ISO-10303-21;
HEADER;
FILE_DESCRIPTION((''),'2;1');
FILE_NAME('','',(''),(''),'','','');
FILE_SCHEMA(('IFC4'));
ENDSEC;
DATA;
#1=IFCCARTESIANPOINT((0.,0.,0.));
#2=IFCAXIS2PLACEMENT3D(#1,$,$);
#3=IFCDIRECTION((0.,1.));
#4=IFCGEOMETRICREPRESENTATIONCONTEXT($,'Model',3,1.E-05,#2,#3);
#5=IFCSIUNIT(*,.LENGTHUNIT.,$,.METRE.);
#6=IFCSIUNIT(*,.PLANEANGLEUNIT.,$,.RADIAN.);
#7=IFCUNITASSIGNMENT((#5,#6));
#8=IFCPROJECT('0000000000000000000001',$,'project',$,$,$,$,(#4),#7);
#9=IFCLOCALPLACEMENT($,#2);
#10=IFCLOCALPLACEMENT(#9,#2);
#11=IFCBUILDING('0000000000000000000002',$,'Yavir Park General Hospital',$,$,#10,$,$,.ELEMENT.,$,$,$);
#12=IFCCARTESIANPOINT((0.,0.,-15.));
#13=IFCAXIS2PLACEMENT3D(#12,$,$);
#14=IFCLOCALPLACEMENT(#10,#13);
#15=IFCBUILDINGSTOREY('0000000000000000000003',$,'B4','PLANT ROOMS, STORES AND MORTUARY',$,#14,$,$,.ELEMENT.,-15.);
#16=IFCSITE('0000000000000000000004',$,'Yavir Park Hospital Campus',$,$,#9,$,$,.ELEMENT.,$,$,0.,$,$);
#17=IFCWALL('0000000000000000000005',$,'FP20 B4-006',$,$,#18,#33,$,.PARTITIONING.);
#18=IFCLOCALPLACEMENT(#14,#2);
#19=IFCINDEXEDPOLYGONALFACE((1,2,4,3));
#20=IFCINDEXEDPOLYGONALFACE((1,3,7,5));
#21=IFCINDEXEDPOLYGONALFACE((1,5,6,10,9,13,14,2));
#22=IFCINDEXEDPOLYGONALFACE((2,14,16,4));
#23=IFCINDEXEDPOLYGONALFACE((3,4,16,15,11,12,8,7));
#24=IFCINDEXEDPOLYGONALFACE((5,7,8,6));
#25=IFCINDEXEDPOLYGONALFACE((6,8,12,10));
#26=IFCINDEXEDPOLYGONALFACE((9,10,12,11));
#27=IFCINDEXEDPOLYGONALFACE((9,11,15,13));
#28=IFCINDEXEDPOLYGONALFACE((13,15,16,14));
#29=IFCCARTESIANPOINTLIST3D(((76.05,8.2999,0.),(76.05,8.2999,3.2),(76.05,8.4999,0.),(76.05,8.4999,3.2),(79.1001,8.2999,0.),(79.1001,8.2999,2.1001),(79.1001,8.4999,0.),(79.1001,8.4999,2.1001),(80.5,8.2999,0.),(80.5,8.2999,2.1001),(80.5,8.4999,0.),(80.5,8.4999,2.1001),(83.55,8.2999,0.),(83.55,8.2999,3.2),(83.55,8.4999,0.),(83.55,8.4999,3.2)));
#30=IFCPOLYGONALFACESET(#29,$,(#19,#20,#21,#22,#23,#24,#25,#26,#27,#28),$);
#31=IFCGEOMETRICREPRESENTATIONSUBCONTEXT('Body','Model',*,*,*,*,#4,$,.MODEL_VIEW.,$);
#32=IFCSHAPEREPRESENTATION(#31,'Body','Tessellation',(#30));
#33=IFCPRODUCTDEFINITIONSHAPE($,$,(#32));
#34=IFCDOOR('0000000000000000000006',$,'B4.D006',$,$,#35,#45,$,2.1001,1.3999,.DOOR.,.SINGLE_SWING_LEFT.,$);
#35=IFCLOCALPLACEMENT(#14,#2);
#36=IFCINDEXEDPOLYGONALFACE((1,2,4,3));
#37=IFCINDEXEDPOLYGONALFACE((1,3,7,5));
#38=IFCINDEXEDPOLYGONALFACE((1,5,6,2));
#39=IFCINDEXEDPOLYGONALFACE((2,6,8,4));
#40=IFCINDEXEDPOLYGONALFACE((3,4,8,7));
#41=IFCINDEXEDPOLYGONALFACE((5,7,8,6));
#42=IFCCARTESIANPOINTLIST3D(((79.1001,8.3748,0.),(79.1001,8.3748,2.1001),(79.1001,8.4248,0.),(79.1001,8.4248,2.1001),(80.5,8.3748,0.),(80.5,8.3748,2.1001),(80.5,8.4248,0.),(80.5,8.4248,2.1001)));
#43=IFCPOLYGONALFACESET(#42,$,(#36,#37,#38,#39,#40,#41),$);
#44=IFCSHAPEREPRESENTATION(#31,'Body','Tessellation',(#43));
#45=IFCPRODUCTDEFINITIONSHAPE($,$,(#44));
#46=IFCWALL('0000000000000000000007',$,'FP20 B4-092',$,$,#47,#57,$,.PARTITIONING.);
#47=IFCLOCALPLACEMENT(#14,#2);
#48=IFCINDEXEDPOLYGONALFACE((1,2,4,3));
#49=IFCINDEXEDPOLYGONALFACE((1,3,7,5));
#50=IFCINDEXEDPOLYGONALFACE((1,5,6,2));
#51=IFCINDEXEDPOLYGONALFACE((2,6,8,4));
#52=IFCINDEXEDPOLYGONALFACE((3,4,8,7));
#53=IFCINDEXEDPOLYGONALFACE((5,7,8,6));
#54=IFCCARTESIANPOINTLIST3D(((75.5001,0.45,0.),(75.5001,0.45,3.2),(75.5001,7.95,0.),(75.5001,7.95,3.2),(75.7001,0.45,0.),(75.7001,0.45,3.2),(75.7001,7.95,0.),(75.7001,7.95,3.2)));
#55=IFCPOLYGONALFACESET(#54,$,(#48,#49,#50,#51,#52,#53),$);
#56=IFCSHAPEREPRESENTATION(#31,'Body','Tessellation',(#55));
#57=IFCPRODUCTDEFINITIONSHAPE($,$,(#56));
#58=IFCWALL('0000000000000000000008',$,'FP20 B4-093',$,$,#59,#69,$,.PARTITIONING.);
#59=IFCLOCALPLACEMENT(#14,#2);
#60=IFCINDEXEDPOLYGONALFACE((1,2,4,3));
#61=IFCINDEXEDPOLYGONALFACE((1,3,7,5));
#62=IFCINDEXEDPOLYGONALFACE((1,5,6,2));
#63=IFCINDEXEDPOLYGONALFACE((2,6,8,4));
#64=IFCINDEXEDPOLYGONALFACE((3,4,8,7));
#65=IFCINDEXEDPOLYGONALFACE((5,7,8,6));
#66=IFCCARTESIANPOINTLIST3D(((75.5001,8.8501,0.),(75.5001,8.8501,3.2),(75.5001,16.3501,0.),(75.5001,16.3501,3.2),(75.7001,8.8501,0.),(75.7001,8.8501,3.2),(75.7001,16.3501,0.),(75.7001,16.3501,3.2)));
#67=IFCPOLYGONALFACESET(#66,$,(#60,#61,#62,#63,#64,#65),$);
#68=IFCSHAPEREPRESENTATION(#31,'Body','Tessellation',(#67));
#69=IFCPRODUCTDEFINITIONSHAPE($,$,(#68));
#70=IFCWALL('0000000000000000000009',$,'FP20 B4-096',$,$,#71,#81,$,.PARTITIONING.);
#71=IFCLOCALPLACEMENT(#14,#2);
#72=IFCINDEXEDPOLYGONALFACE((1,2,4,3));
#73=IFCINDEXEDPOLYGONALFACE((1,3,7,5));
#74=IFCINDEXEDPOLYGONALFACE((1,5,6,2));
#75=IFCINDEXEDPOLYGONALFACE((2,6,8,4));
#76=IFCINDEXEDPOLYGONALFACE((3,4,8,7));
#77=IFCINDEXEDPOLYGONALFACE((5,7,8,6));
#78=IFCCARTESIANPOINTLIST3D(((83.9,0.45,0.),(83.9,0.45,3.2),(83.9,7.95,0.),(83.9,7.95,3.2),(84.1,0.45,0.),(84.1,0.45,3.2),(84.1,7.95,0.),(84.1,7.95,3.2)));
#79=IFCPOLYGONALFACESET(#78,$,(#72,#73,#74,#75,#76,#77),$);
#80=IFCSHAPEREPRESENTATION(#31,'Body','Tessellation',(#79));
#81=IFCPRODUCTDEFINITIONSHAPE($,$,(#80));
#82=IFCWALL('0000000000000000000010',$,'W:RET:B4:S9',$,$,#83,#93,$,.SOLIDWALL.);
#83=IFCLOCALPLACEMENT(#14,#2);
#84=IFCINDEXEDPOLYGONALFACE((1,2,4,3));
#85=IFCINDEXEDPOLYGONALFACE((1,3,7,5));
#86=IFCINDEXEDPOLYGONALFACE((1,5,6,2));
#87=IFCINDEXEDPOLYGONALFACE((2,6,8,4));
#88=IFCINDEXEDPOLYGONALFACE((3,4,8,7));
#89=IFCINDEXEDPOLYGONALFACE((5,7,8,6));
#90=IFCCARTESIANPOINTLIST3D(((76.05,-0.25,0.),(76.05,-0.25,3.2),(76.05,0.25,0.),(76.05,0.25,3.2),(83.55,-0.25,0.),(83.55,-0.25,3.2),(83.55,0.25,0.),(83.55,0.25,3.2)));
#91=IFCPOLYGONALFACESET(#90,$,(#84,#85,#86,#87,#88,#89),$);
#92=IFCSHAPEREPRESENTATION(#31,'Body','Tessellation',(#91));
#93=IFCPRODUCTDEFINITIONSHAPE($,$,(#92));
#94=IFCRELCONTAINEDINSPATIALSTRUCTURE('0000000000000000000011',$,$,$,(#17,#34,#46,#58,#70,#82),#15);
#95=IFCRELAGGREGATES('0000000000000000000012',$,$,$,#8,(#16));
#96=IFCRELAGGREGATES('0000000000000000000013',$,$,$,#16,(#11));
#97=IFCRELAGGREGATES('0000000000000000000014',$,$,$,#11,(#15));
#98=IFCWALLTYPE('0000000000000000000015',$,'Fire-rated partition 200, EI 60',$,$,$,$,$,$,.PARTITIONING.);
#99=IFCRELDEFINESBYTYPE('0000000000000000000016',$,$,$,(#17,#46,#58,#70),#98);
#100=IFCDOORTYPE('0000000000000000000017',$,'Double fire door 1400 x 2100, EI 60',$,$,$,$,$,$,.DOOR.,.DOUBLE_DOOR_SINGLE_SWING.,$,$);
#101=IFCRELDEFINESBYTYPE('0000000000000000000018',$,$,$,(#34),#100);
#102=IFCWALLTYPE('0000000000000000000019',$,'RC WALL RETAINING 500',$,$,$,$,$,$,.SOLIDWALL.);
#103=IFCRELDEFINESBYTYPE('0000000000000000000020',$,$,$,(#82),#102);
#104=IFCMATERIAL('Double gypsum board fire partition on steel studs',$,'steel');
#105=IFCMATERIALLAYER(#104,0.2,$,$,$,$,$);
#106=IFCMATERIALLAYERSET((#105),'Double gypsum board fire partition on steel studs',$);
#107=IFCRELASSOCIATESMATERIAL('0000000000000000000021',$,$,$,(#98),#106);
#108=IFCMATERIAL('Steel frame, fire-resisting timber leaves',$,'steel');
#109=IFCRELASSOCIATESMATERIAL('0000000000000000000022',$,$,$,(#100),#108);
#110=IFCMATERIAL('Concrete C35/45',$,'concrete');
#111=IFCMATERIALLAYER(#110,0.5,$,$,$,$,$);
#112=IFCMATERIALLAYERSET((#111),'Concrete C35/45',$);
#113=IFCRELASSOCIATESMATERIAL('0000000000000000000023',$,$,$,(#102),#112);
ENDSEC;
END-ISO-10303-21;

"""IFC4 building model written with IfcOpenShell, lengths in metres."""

from ifc_helpers import new_model, si_unit, direction, frame, frame_2d, origin, place, context, subcontext, project, spatial, rectangle, extrude, material, layer, layer_set, type_object, element, fill, save


model = new_model("IFC4")

# Units and contexts
model_context = context("Model", 3, precision=1e-05, world=origin(), true_north=direction((0.0, 1.0)))
body_context = subcontext(model_context, "Body", "Model", "MODEL_VIEW")
ifc_project = project(units=[si_unit("LENGTHUNIT", "METRE"), si_unit("PLANEANGLEUNIT", "RADIAN")], contexts=[model_context])

# Site, building, storey
site_placement = place(None, origin())
site = spatial("IfcSite", under=ifc_project, at=site_placement, Name="Yavir Park Hospital Campus", CompositionType="ELEMENT", RefElevation=0.0)
building_placement = place(site_placement, origin())
building = spatial("IfcBuilding", under=site, at=building_placement, Name="Yavir Park General Hospital", CompositionType="ELEMENT")
storey_placement = place(building_placement, frame((0.0, 0.0, -15.0)))
storey = spatial("IfcBuildingStorey", under=building, at=storey_placement, Name="B4", Description="PLANT ROOMS, STORES AND MORTUARY", CompositionType="ELEMENT", Elevation=-15.0)

# Wall, opening, door
ifc_material_1 = material(Name="Double gypsum board fire partition on steel studs", Category="steel")
ifc_layer_1 = layer(ifc_material_1, 0.2)
ifc_layer_set_1 = layer_set([ifc_layer_1], Name="Double gypsum board fire partition on steel studs")
wall_type_1 = type_object("IfcWallType", Name="Fire-rated partition 200, EI 60", PredefinedType="PARTITIONING", material=ifc_layer_set_1)
wall_1_placement = place(storey_placement, frame((76.05, 8.3999, 0.0), z_axis=(0.0, 0.0, 1.0), x_axis=(1.0, 0.0, 0.0)))
wall_1 = element("IfcWall", 1, at=wall_1_placement, inside=storey, type_object=wall_type_1, Name="FP20 B4-006", PredefinedType="PARTITIONING", context=body_context, shape_type="SweptSolid", body=[
    extrude(rectangle(XDim=7.5, YDim=0.2, at=frame_2d((3.75, 0.0))), origin(), (0.0, 0.0, 1.0), 3.2),
])
opening_placement = place(wall_1_placement, frame((3.05, 0.0, 0.0)))
opening = element("IfcOpeningElement", 2, at=opening_placement, cuts=wall_1, PredefinedType="OPENING", context=body_context, shape_type="SweptSolid", body=[
    extrude(rectangle(XDim=1.3999, YDim=2.1001, at=frame_2d((0.7, 1.05))), frame((0.0, 0.1099, 0.0), z_axis=(0.0, -1.0, 0.0), x_axis=(1.0, 0.0, 0.0)), (0.0, 0.0, 1.0), 0.22),
])
ifc_material_2 = material(Name="Steel frame, fire-resisting timber leaves", Category="steel")
door_type = type_object("IfcDoorType", Name="Double fire door 1400 x 2100, EI 60", OperationType="DOUBLE_DOOR_SINGLE_SWING", PredefinedType="DOOR", material=ifc_material_2)
door_placement = place(opening_placement, origin())
door = element("IfcDoor", 3, at=door_placement, inside=storey, type_object=door_type, Name="B4.D006", OperationType="SINGLE_SWING_LEFT", OverallHeight=2.1001, OverallWidth=1.3999, PredefinedType="DOOR", context=body_context, shape_type="SweptSolid", body=[
    extrude(rectangle(XDim=1.3999, YDim=2.1001, at=frame_2d((0.7, 1.05))), frame((0.0, 0.0249, 0.0), z_axis=(0.0, -1.0, 0.0), x_axis=(1.0, 0.0, 0.0)), (0.0, 0.0, 1.0), 0.05),
])
fill(opening, door)

# Walls
for number, where, z_axis, x_axis, name in (
    (4, (75.6001, 0.45, 0.0), (0.0, 0.0, 1.0), (0.0, 1.0, 0.0), "FP20 B4-092"),
    (5, (75.6001, 8.8501, 0.0), (0.0, 0.0, 1.0), (0.0, 1.0, 0.0), "FP20 B4-093"),
    (6, (84.0, 0.45, 0.0), (0.0, 0.0, 1.0), (0.0, 1.0, 0.0), "FP20 B4-096"),
):
    element("IfcWall", number, at=place(storey_placement, frame(where, z_axis=z_axis, x_axis=x_axis)), inside=storey, type_object=wall_type_1, Name=name, PredefinedType="PARTITIONING", context=body_context, shape_type="SweptSolid", body=[
        extrude(rectangle(XDim=7.5, YDim=0.2, at=frame_2d((3.75, 0.0))), origin(), (0.0, 0.0, 1.0), 3.2),
    ])
ifc_material_3 = material(Name="Concrete C35/45", Category="concrete")
ifc_layer_2 = layer(ifc_material_3, 0.5)
ifc_layer_set_2 = layer_set([ifc_layer_2], Name="Concrete C35/45")
wall_type_2 = type_object("IfcWallType", Name="RC WALL RETAINING 500", PredefinedType="SOLIDWALL", material=ifc_layer_set_2)
wall_2_placement = place(storey_placement, frame((76.05, 0.0, 0.0), z_axis=(0.0, 0.0, 1.0), x_axis=(1.0, 0.0, 0.0)))
element("IfcWall", 7, at=wall_2_placement, inside=storey, type_object=wall_type_2, Name="W:RET:B4:S9", PredefinedType="SOLIDWALL", context=body_context, shape_type="SweptSolid", body=[
    extrude(rectangle(XDim=7.5, YDim=0.5, at=frame_2d((3.75, 0.0))), origin(), (0.0, 0.0, 1.0), 3.2),
])

save(model, "model.ifc")
